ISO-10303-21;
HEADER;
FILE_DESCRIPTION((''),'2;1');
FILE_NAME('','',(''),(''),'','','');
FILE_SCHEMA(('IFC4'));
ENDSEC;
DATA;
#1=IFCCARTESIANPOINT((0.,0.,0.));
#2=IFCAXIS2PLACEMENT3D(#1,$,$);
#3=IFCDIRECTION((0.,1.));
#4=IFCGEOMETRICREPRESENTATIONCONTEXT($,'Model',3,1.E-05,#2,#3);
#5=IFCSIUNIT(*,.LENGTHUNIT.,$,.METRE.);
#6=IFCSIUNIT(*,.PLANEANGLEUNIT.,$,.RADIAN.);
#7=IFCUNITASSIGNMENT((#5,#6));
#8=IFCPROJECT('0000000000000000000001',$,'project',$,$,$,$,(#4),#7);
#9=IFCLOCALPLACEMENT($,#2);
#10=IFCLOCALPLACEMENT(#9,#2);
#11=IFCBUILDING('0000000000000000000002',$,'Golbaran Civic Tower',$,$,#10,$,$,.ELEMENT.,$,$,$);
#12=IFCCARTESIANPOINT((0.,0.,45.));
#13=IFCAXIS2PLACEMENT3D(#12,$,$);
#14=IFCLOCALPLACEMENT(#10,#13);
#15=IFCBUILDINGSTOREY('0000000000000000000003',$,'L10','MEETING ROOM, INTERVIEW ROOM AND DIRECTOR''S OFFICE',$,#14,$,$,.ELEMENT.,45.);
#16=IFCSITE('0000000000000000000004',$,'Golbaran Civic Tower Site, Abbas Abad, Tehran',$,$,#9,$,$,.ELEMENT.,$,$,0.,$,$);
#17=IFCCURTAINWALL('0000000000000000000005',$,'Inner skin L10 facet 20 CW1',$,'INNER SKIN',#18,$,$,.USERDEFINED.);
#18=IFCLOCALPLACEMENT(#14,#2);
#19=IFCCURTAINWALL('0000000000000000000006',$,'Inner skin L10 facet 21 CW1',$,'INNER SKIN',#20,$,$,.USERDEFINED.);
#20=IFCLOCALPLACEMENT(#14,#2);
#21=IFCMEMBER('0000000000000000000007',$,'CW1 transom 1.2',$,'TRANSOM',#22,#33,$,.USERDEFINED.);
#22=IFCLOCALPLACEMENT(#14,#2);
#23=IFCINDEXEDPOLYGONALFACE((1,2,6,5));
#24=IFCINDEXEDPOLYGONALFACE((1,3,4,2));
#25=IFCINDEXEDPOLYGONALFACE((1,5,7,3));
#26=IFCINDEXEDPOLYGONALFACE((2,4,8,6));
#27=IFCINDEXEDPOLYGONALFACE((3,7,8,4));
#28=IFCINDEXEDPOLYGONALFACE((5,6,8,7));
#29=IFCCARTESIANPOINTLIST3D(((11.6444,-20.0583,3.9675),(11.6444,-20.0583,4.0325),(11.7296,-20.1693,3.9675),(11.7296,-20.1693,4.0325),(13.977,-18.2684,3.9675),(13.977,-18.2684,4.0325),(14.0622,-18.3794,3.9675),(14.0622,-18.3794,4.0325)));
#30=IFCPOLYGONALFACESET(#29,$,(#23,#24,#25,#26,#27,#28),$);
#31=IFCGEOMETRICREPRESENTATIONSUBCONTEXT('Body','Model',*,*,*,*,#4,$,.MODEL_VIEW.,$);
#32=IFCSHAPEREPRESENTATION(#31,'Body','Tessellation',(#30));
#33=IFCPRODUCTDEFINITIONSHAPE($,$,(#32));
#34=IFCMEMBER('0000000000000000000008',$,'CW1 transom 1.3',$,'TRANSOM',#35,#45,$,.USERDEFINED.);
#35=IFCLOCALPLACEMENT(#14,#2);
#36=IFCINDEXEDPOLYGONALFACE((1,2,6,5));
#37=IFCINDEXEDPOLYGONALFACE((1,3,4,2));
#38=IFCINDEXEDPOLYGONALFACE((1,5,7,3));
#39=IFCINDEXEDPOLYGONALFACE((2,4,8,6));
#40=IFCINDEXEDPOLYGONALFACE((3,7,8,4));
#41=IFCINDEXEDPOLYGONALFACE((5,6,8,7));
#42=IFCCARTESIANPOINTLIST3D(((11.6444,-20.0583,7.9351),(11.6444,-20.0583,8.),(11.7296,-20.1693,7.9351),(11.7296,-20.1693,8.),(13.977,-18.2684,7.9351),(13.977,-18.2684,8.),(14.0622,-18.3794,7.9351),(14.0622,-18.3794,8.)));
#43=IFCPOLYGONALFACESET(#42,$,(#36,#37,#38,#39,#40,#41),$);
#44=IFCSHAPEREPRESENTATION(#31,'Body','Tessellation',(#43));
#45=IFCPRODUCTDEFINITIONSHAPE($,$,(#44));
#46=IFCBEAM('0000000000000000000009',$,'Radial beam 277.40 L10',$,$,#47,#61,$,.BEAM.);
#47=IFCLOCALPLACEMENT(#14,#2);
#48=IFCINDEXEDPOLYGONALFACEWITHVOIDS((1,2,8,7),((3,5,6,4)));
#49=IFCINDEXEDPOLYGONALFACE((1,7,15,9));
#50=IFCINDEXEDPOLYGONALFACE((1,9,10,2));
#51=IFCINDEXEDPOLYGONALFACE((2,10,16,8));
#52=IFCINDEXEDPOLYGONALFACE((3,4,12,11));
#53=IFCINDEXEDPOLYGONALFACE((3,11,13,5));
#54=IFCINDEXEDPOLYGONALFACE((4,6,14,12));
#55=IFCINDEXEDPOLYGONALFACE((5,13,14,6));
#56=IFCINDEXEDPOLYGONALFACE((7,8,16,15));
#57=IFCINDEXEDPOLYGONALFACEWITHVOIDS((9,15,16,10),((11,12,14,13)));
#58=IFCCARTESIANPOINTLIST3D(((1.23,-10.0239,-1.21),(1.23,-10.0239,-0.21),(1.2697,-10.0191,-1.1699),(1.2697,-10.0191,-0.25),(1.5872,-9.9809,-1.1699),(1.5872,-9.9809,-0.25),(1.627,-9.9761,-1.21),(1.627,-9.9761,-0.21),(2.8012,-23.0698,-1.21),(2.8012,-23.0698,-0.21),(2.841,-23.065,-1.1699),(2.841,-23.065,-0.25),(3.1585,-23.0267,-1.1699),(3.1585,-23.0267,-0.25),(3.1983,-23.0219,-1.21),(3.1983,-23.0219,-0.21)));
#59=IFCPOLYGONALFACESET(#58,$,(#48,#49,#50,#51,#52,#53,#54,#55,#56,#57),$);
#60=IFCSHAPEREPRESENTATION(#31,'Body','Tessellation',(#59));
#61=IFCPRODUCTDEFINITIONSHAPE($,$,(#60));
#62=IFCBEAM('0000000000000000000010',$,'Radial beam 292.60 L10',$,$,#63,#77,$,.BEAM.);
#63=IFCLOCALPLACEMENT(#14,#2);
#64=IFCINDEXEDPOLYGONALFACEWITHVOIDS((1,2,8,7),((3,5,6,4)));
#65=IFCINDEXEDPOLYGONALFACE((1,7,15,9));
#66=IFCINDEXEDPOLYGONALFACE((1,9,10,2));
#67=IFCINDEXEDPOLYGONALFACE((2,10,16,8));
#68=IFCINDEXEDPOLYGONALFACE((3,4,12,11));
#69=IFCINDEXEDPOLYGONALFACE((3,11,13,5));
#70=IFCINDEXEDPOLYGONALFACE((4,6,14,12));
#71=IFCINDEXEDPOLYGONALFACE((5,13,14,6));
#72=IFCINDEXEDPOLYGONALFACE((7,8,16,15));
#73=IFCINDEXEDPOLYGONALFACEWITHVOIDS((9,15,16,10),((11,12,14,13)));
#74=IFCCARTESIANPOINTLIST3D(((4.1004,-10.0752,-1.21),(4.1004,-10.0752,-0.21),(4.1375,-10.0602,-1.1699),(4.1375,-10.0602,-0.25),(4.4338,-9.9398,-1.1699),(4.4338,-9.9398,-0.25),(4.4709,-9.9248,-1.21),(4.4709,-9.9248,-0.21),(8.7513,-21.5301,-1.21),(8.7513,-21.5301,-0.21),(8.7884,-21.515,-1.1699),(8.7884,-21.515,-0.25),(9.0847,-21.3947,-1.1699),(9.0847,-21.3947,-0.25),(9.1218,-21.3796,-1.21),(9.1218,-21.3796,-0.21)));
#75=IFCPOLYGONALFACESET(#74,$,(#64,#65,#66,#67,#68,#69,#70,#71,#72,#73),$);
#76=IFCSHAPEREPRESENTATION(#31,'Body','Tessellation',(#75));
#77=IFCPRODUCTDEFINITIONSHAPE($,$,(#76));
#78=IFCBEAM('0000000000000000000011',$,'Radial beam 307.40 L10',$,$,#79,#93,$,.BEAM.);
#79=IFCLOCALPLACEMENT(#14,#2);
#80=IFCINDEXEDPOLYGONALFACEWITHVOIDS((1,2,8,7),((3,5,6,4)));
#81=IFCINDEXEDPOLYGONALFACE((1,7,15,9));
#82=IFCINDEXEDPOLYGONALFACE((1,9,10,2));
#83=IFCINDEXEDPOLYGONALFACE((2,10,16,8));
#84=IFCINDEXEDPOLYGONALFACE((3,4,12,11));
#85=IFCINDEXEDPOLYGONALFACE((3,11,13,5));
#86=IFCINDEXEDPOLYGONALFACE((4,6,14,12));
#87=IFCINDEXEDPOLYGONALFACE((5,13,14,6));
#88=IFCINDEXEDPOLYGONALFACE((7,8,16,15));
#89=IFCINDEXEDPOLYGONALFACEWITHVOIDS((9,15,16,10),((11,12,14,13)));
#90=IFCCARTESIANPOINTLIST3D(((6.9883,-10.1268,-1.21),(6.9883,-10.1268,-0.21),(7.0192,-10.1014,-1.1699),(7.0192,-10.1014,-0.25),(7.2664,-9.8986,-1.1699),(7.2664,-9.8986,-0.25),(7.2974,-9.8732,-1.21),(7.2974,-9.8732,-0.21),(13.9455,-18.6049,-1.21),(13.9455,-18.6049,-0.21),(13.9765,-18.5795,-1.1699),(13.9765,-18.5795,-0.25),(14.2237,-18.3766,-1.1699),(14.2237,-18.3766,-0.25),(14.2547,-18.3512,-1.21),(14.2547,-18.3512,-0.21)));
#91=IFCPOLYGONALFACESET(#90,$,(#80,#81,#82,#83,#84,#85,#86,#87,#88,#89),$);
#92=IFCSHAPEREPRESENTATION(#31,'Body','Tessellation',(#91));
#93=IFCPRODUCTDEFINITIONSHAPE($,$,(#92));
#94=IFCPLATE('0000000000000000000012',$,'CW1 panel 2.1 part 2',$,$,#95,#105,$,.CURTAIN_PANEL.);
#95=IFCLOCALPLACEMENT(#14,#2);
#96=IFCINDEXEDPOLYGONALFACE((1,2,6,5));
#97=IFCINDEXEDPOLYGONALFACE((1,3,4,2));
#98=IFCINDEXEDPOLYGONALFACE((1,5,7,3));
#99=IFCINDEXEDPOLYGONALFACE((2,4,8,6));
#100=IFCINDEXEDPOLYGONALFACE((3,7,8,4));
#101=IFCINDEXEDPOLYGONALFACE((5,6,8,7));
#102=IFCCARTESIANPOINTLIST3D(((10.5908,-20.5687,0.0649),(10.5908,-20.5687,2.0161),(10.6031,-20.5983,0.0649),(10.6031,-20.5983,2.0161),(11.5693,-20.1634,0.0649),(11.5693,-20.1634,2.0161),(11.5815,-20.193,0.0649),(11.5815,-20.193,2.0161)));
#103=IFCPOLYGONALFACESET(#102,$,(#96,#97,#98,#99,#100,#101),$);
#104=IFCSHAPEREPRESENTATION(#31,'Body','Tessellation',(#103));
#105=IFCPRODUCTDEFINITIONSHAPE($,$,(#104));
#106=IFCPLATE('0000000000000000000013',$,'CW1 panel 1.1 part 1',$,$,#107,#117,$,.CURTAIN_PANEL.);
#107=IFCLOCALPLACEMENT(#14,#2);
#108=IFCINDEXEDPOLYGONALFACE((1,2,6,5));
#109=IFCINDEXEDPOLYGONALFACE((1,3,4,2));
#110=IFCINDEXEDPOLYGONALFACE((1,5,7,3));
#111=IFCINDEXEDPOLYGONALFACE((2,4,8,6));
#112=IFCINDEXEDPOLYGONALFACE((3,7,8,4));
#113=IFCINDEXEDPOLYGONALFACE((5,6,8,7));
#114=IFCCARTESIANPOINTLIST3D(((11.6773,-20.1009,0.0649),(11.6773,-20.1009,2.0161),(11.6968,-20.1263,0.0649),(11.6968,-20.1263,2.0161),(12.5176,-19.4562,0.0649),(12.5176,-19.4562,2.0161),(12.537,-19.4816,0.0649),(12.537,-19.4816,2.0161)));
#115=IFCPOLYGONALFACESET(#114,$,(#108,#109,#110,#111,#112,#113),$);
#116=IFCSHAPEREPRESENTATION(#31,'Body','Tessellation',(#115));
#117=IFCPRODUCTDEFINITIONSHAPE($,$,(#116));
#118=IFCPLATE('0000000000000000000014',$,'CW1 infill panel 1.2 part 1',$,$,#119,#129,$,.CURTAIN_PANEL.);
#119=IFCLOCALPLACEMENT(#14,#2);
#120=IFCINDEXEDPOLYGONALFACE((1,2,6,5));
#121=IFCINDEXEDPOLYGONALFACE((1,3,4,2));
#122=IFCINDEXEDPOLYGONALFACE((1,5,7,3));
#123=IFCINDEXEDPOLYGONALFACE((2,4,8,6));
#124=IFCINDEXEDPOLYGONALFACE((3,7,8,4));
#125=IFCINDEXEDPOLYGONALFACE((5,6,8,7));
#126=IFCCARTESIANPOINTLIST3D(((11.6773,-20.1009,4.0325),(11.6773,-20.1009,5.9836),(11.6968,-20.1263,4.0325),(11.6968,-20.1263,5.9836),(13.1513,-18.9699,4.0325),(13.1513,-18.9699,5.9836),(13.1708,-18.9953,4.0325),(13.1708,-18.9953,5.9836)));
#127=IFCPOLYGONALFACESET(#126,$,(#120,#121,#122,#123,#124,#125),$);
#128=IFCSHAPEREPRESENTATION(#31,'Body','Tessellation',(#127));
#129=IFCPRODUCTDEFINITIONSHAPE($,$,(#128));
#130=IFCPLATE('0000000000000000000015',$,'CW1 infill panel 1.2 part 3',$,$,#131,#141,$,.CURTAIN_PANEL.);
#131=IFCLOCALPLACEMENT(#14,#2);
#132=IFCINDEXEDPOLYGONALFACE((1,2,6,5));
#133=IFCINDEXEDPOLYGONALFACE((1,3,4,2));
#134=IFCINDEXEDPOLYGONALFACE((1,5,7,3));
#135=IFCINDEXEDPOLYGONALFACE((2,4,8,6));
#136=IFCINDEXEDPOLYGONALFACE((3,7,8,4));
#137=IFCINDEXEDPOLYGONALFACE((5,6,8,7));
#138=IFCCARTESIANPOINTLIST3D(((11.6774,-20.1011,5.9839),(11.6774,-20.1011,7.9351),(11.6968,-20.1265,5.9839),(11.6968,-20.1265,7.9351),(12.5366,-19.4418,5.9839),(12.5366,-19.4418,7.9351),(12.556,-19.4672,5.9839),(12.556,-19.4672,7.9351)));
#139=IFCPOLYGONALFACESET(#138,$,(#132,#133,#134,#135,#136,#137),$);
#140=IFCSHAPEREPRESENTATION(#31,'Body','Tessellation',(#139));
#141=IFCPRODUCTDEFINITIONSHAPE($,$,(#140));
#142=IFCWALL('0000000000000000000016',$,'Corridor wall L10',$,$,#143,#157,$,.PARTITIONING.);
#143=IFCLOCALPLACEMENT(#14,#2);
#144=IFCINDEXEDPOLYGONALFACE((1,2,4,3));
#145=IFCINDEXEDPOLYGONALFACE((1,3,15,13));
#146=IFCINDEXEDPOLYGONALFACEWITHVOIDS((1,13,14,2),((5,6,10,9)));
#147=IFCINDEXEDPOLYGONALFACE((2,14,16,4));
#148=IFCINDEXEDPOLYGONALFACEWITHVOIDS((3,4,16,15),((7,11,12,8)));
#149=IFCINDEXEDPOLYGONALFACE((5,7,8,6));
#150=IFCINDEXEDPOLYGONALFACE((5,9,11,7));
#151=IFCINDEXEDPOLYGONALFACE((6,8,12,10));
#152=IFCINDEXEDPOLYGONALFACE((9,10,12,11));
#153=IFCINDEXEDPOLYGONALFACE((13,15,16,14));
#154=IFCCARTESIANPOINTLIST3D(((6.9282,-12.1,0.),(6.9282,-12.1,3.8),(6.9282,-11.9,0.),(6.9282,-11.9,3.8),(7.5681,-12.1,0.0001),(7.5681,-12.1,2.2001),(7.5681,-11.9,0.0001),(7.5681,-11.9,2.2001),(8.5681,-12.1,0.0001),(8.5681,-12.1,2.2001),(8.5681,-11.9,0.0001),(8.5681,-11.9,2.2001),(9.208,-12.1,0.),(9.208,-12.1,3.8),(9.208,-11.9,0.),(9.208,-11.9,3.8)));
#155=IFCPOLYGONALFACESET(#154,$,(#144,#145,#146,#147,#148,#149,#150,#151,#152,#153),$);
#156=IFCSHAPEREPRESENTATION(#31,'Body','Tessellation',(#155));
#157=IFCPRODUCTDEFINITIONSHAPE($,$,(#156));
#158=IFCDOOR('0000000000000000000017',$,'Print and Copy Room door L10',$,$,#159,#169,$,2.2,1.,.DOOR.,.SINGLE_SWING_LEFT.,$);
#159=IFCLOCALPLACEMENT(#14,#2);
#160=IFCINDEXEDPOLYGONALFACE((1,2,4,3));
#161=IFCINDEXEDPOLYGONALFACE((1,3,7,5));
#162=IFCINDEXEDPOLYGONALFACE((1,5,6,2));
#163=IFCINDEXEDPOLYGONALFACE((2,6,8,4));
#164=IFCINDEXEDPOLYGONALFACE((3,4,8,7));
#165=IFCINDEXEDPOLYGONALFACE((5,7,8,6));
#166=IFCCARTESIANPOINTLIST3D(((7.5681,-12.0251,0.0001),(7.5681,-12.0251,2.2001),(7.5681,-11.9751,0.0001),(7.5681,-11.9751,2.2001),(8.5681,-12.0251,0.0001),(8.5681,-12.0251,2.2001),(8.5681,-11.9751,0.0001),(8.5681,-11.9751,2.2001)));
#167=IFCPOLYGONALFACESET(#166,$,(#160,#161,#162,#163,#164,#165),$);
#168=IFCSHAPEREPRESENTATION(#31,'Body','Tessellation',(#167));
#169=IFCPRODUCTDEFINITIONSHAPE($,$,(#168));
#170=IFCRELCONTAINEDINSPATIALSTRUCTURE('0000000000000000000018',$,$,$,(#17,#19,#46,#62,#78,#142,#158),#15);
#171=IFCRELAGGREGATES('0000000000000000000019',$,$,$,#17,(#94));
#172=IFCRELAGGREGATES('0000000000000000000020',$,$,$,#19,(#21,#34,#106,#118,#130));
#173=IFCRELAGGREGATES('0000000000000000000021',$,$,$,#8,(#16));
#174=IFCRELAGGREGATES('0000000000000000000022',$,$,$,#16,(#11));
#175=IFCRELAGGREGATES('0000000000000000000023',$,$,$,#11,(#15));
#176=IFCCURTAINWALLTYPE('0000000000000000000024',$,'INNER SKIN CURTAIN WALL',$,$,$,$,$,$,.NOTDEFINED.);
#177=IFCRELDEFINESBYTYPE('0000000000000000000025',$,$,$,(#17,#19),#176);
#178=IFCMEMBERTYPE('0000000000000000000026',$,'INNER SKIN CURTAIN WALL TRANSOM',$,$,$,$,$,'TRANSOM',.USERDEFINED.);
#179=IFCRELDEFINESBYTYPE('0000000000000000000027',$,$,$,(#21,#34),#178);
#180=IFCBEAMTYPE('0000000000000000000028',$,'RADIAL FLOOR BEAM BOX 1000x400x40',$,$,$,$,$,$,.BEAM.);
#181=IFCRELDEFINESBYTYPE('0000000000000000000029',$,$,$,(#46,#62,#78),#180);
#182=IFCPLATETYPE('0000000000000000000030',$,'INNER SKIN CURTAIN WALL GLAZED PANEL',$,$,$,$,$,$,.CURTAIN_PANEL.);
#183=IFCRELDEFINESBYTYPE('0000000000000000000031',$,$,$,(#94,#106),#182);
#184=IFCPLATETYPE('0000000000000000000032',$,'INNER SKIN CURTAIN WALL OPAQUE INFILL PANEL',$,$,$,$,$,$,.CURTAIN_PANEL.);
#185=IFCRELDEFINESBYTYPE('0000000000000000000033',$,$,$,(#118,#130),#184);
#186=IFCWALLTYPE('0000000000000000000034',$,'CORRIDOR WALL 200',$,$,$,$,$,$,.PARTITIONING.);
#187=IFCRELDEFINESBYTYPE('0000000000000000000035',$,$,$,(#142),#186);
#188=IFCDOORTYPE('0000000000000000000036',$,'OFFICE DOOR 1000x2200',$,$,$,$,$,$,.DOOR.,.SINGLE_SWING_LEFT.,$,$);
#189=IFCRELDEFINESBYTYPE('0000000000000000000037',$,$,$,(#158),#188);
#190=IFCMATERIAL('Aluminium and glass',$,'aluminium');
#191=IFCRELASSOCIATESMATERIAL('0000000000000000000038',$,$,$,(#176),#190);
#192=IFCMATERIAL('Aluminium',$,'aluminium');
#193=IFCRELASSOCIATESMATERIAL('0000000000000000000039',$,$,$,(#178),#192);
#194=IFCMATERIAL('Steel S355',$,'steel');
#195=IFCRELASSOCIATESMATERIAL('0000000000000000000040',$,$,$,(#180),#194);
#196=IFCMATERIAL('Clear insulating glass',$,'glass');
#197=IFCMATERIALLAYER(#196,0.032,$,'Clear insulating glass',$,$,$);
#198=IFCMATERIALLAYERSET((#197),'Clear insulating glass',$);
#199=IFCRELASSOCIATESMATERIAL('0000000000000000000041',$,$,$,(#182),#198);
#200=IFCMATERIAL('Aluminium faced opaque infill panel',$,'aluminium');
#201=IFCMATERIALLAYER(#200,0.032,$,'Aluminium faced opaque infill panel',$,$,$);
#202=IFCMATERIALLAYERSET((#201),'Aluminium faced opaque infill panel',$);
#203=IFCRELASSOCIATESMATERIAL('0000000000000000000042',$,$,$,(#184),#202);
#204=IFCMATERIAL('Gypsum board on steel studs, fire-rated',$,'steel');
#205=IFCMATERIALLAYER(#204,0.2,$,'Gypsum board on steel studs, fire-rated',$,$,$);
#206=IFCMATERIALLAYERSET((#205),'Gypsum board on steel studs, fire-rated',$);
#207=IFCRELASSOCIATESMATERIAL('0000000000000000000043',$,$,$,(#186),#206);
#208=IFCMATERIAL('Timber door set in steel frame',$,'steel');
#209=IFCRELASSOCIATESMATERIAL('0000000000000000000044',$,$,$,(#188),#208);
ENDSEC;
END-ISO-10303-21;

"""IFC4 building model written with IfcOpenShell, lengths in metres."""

from ifc_helpers import new_model, si_unit, direction, frame, frame_2d, origin, origin_2d, place, context, subcontext, project, spatial, rectangle, hollow_rectangle, extrude, material, layer, layer_set, material_profile, profile_set, type_object, element, fill, aggregate, save


model = new_model("IFC4")

# Units and contexts
model_context = context("Model", 3, precision=1e-05, world=origin(), true_north=direction((0.0, 1.0)))
body_context = subcontext(model_context, "Body", "Model", "MODEL_VIEW")
ifc_project = project(units=[si_unit("LENGTHUNIT", "METRE"), si_unit("PLANEANGLEUNIT", "RADIAN")], contexts=[model_context])

# Site, building, storey
site_placement = place(None, origin())
site = spatial("IfcSite", under=ifc_project, at=site_placement, Name="Golbaran Civic Tower Site, Abbas Abad, Tehran", CompositionType="ELEMENT", RefElevation=0.0)
building_placement = place(site_placement, origin())
building = spatial("IfcBuilding", under=site, at=building_placement, Name="Golbaran Civic Tower", CompositionType="ELEMENT")
storey_placement = place(building_placement, frame((0.0, 0.0, 45.0)))
storey = spatial("IfcBuildingStorey", under=building, at=storey_placement, Name="L10", Description="MEETING ROOM, INTERVIEW ROOM AND DIRECTOR'S OFFICE", CompositionType="ELEMENT", Elevation=45.0)

# Shared definitions
ifc_material_1 = material(Name="Steel S355", Category="steel")

# Curtain wall
ifc_material_2 = material(Name="Aluminium and glass", Category="aluminium")
curtain_wall_type = type_object("IfcCurtainWallType", Name="INNER SKIN CURTAIN WALL", PredefinedType="NOTDEFINED", material=ifc_material_2)
curtain_wall_1_placement = place(storey_placement, origin())
curtain_wall_1 = element("IfcCurtainWall", 1, at=curtain_wall_1_placement, inside=storey, type_object=curtain_wall_type, Name="Inner skin L10 facet 20 CW1", ObjectType="INNER SKIN", PredefinedType="USERDEFINED")
ifc_material_3 = material(Name="Aluminium", Category="aluminium")

# Curtain wall, members
curtain_wall_2_placement = place(storey_placement, origin())
curtain_wall_2 = element("IfcCurtainWall", 2, at=curtain_wall_2_placement, inside=storey, type_object=curtain_wall_type, Name="Inner skin L10 facet 21 CW1", ObjectType="INNER SKIN", PredefinedType="USERDEFINED")
ifc_material_profile_1 = material_profile(ifc_material_3, rectangle(XDim=0.1399, YDim=0.0649, at=origin_2d()), Name="INNER SKIN CURTAIN WALL TRANSOM")
ifc_profile_set_1 = profile_set([ifc_material_profile_1], Name="Aluminium")
member_type_1 = type_object("IfcMemberType", Name="INNER SKIN CURTAIN WALL TRANSOM", ElementType="TRANSOM", PredefinedType="USERDEFINED", material=ifc_profile_set_1)
member_1_placement = place(storey_placement, frame((11.687, -20.1138, 4.0), z_axis=(0.793355, 0.608759, 0.0), x_axis=(-0.608759, 0.793355, 0.0)))
member_1 = element("IfcMember", 3, at=member_1_placement, type_object=member_type_1, Name="CW1 transom 1.2", ObjectType="TRANSOM", PredefinedType="USERDEFINED", context=body_context, shape_type="SweptSolid", body=[
    extrude(rectangle(XDim=0.1399, YDim=0.0649, at=origin_2d()), origin(), (0.0, 0.0, 1.0), 2.9402),
])
member_2_placement = place(storey_placement, frame((11.687, -20.1138, 7.9675), z_axis=(0.793355, 0.608759, 0.0), x_axis=(-0.608759, 0.793355, 0.0)))
member_2 = element("IfcMember", 4, at=member_2_placement, type_object=member_type_1, Name="CW1 transom 1.3", ObjectType="TRANSOM", PredefinedType="USERDEFINED", context=body_context, shape_type="SweptSolid", body=[
    extrude(rectangle(XDim=0.1399, YDim=0.0649, at=origin_2d()), origin(), (0.0, 0.0, 1.0), 2.9402),
])

# Beams
ifc_material_profile_2 = material_profile(ifc_material_1, hollow_rectangle(XDim=0.3999, YDim=1.0, WallThickness=0.04, at=origin_2d()), Name="BOX 1000x400x40")
ifc_profile_set_2 = profile_set([ifc_material_profile_2], Name="Steel S355")
beam_type_1 = type_object("IfcBeamType", Name="RADIAL FLOOR BEAM BOX 1000x400x40", PredefinedType="BEAM", material=ifc_profile_set_2)
beam_1_placement = place(storey_placement, frame((1.4285, -10.0, -0.71), z_axis=(0.119579, -0.992825, 0.0), x_axis=(0.992825, 0.119579, 0.0)))
element("IfcBeam", 5, at=beam_1_placement, inside=storey, type_object=beam_type_1, Name="Radial beam 277.40 L10", PredefinedType="BEAM", context=body_context, shape_type="SweptSolid", body=[
    extrude(hollow_rectangle(XDim=0.3999, YDim=1.0, WallThickness=0.04, at=origin_2d()), origin(), (0.0, 0.0, 1.0), 13.1401),
])
beam_2_placement = place(storey_placement, frame((4.2856, -10.0, -0.71), z_axis=(0.376193, -0.926541, 0.0), x_axis=(0.926541, 0.376193, 0.0)))
element("IfcBeam", 6, at=beam_2_placement, inside=storey, type_object=beam_type_1, Name="Radial beam 292.60 L10", PredefinedType="BEAM", context=body_context, shape_type="SweptSolid", body=[
    extrude(hollow_rectangle(XDim=0.3999, YDim=1.0, WallThickness=0.04, at=origin_2d()), origin(), (0.0, 0.0, 1.0), 12.363),
])
beam_3_placement = place(storey_placement, frame((7.1428, -10.0, -0.71), z_axis=(0.634368, -0.773031, 0.0), x_axis=(0.773031, 0.634368, 0.0)))
element("IfcBeam", 7, at=beam_3_placement, inside=storey, type_object=beam_type_1, Name="Radial beam 307.40 L10", PredefinedType="BEAM", context=body_context, shape_type="SweptSolid", body=[
    extrude(hollow_rectangle(XDim=0.3999, YDim=1.0, WallThickness=0.04, at=origin_2d()), origin(), (0.0, 0.0, 1.0), 10.9673),
])

# Plates
ifc_material_4 = material(Name="Clear insulating glass", Category="glass")
ifc_layer_1 = layer(ifc_material_4, 0.032, Name="Clear insulating glass")
ifc_layer_set_1 = layer_set([ifc_layer_1], Name="Clear insulating glass")
plate_type_1 = type_object("IfcPlateType", Name="INNER SKIN CURTAIN WALL GLAZED PANEL", PredefinedType="CURTAIN_PANEL", material=ifc_layer_set_1)
plate_1_placement = place(storey_placement, frame((11.0862, -20.3809, 0.0649), z_axis=(0.0, 0.0, 1.0), x_axis=(0.92388, 0.382683, 0.0)))
plate_1 = element("IfcPlate", 8, at=plate_1_placement, type_object=plate_type_1, Name="CW1 panel 2.1 part 2", PredefinedType="CURTAIN_PANEL", context=body_context, shape_type="SweptSolid", body=[
    extrude(rectangle(XDim=1.0591, YDim=0.032, at=origin_2d()), origin(), (0.0, 0.0, 1.0), 1.9512),
])
aggregate(curtain_wall_1, [plate_1])
plate_2_placement = place(storey_placement, frame((12.1072, -19.7913, 0.0649), z_axis=(0.0, 0.0, 1.0), x_axis=(0.793353, 0.608761, 0.0)))
plate_2 = element("IfcPlate", 9, at=plate_2_placement, type_object=plate_type_1, Name="CW1 panel 1.1 part 1", PredefinedType="CURTAIN_PANEL", context=body_context, shape_type="SweptSolid", body=[
    extrude(rectangle(XDim=1.0591, YDim=0.032, at=origin_2d()), origin(), (0.0, 0.0, 1.0), 1.9512),
])
ifc_material_5 = material(Name="Aluminium faced opaque infill panel", Category="aluminium")
ifc_layer_2 = layer(ifc_material_5, 0.032, Name="Aluminium faced opaque infill panel")
ifc_layer_set_2 = layer_set([ifc_layer_2], Name="Aluminium faced opaque infill panel")
plate_type_2 = type_object("IfcPlateType", Name="INNER SKIN CURTAIN WALL OPAQUE INFILL PANEL", PredefinedType="CURTAIN_PANEL", material=ifc_layer_set_2)
plate_3_placement = place(storey_placement, frame((12.4241, -19.5481, 4.0325), z_axis=(0.0, 0.0, 1.0), x_axis=(0.793353, 0.608761, 0.0)))
plate_3 = element("IfcPlate", 10, at=plate_3_placement, type_object=plate_type_2, Name="CW1 infill panel 1.2 part 1", PredefinedType="CURTAIN_PANEL", context=body_context, shape_type="SweptSolid", body=[
    extrude(rectangle(XDim=1.8579, YDim=0.032, at=origin_2d()), origin(), (0.0, 0.0, 1.0), 1.9512),
])
plate_4_placement = place(storey_placement, frame((12.1167, -19.7842, 5.9839), z_axis=(0.0, 0.0, 1.0), x_axis=(0.793353, 0.608761, 0.0)))
plate_4 = element("IfcPlate", 11, at=plate_4_placement, type_object=plate_type_2, Name="CW1 infill panel 1.2 part 3", PredefinedType="CURTAIN_PANEL", context=body_context, shape_type="SweptSolid", body=[
    extrude(rectangle(XDim=1.083, YDim=0.032, at=origin_2d()), origin(), (0.0, 0.0, 1.0), 1.9512),
])
aggregate(curtain_wall_2, [member_1, member_2, plate_2, plate_3, plate_4])

# Wall, opening, door
ifc_material_6 = material(Name="Gypsum board on steel studs, fire-rated", Category="steel")
ifc_layer_3 = layer(ifc_material_6, 0.2, Name="Gypsum board on steel studs, fire-rated")
ifc_layer_set_3 = layer_set([ifc_layer_3], Name="Gypsum board on steel studs, fire-rated")
wall_type_1 = type_object("IfcWallType", Name="CORRIDOR WALL 200", PredefinedType="PARTITIONING", material=ifc_layer_set_3)
wall_1_placement = place(storey_placement, frame((6.9282, -12.0, 0.0), z_axis=(0.0, 0.0, 1.0), x_axis=(1.0, 0.0, 0.0)))
wall_1 = element("IfcWall", 12, at=wall_1_placement, inside=storey, type_object=wall_type_1, Name="Corridor wall L10", PredefinedType="PARTITIONING", context=body_context, shape_type="SweptSolid", body=[
    extrude(rectangle(XDim=2.2798, YDim=0.2, at=frame_2d((1.1399, 0.0))), origin(), (0.0, 0.0, 1.0), 3.8),
])
opening_1_placement = place(wall_1_placement, frame((0.6399, 0.0, 0.0)))
opening_1 = element("IfcOpeningElement", 13, at=opening_1_placement, cuts=wall_1, PredefinedType="OPENING", context=body_context, shape_type="SweptSolid", body=[
    extrude(rectangle(XDim=1.0, YDim=2.2, at=frame_2d((0.5, 1.1001))), frame((0.0, 0.1099, 0.0), z_axis=(0.0, -1.0, 0.0), x_axis=(1.0, 0.0, 0.0)), (0.0, 0.0, 1.0), 0.22),
])
ifc_material_7 = material(Name="Timber door set in steel frame", Category="steel")
door_type = type_object("IfcDoorType", Name="OFFICE DOOR 1000x2200", OperationType="SINGLE_SWING_LEFT", PredefinedType="DOOR", material=ifc_material_7)
door_1_placement = place(opening_1_placement, origin())
door_1 = element("IfcDoor", 14, at=door_1_placement, inside=storey, type_object=door_type, Name="Print and Copy Room door L10", OperationType="SINGLE_SWING_LEFT", OverallHeight=2.2, OverallWidth=1.0, PredefinedType="DOOR", context=body_context, shape_type="SweptSolid", body=[
    extrude(rectangle(XDim=1.0, YDim=2.2, at=frame_2d((0.5, 1.1001))), frame((0.0, 0.0249, 0.0), z_axis=(0.0, -1.0, 0.0), x_axis=(1.0, 0.0, 0.0)), (0.0, 0.0, 1.0), 0.05),
])
fill(opening_1, door_1)

save(model, "model.ifc")
